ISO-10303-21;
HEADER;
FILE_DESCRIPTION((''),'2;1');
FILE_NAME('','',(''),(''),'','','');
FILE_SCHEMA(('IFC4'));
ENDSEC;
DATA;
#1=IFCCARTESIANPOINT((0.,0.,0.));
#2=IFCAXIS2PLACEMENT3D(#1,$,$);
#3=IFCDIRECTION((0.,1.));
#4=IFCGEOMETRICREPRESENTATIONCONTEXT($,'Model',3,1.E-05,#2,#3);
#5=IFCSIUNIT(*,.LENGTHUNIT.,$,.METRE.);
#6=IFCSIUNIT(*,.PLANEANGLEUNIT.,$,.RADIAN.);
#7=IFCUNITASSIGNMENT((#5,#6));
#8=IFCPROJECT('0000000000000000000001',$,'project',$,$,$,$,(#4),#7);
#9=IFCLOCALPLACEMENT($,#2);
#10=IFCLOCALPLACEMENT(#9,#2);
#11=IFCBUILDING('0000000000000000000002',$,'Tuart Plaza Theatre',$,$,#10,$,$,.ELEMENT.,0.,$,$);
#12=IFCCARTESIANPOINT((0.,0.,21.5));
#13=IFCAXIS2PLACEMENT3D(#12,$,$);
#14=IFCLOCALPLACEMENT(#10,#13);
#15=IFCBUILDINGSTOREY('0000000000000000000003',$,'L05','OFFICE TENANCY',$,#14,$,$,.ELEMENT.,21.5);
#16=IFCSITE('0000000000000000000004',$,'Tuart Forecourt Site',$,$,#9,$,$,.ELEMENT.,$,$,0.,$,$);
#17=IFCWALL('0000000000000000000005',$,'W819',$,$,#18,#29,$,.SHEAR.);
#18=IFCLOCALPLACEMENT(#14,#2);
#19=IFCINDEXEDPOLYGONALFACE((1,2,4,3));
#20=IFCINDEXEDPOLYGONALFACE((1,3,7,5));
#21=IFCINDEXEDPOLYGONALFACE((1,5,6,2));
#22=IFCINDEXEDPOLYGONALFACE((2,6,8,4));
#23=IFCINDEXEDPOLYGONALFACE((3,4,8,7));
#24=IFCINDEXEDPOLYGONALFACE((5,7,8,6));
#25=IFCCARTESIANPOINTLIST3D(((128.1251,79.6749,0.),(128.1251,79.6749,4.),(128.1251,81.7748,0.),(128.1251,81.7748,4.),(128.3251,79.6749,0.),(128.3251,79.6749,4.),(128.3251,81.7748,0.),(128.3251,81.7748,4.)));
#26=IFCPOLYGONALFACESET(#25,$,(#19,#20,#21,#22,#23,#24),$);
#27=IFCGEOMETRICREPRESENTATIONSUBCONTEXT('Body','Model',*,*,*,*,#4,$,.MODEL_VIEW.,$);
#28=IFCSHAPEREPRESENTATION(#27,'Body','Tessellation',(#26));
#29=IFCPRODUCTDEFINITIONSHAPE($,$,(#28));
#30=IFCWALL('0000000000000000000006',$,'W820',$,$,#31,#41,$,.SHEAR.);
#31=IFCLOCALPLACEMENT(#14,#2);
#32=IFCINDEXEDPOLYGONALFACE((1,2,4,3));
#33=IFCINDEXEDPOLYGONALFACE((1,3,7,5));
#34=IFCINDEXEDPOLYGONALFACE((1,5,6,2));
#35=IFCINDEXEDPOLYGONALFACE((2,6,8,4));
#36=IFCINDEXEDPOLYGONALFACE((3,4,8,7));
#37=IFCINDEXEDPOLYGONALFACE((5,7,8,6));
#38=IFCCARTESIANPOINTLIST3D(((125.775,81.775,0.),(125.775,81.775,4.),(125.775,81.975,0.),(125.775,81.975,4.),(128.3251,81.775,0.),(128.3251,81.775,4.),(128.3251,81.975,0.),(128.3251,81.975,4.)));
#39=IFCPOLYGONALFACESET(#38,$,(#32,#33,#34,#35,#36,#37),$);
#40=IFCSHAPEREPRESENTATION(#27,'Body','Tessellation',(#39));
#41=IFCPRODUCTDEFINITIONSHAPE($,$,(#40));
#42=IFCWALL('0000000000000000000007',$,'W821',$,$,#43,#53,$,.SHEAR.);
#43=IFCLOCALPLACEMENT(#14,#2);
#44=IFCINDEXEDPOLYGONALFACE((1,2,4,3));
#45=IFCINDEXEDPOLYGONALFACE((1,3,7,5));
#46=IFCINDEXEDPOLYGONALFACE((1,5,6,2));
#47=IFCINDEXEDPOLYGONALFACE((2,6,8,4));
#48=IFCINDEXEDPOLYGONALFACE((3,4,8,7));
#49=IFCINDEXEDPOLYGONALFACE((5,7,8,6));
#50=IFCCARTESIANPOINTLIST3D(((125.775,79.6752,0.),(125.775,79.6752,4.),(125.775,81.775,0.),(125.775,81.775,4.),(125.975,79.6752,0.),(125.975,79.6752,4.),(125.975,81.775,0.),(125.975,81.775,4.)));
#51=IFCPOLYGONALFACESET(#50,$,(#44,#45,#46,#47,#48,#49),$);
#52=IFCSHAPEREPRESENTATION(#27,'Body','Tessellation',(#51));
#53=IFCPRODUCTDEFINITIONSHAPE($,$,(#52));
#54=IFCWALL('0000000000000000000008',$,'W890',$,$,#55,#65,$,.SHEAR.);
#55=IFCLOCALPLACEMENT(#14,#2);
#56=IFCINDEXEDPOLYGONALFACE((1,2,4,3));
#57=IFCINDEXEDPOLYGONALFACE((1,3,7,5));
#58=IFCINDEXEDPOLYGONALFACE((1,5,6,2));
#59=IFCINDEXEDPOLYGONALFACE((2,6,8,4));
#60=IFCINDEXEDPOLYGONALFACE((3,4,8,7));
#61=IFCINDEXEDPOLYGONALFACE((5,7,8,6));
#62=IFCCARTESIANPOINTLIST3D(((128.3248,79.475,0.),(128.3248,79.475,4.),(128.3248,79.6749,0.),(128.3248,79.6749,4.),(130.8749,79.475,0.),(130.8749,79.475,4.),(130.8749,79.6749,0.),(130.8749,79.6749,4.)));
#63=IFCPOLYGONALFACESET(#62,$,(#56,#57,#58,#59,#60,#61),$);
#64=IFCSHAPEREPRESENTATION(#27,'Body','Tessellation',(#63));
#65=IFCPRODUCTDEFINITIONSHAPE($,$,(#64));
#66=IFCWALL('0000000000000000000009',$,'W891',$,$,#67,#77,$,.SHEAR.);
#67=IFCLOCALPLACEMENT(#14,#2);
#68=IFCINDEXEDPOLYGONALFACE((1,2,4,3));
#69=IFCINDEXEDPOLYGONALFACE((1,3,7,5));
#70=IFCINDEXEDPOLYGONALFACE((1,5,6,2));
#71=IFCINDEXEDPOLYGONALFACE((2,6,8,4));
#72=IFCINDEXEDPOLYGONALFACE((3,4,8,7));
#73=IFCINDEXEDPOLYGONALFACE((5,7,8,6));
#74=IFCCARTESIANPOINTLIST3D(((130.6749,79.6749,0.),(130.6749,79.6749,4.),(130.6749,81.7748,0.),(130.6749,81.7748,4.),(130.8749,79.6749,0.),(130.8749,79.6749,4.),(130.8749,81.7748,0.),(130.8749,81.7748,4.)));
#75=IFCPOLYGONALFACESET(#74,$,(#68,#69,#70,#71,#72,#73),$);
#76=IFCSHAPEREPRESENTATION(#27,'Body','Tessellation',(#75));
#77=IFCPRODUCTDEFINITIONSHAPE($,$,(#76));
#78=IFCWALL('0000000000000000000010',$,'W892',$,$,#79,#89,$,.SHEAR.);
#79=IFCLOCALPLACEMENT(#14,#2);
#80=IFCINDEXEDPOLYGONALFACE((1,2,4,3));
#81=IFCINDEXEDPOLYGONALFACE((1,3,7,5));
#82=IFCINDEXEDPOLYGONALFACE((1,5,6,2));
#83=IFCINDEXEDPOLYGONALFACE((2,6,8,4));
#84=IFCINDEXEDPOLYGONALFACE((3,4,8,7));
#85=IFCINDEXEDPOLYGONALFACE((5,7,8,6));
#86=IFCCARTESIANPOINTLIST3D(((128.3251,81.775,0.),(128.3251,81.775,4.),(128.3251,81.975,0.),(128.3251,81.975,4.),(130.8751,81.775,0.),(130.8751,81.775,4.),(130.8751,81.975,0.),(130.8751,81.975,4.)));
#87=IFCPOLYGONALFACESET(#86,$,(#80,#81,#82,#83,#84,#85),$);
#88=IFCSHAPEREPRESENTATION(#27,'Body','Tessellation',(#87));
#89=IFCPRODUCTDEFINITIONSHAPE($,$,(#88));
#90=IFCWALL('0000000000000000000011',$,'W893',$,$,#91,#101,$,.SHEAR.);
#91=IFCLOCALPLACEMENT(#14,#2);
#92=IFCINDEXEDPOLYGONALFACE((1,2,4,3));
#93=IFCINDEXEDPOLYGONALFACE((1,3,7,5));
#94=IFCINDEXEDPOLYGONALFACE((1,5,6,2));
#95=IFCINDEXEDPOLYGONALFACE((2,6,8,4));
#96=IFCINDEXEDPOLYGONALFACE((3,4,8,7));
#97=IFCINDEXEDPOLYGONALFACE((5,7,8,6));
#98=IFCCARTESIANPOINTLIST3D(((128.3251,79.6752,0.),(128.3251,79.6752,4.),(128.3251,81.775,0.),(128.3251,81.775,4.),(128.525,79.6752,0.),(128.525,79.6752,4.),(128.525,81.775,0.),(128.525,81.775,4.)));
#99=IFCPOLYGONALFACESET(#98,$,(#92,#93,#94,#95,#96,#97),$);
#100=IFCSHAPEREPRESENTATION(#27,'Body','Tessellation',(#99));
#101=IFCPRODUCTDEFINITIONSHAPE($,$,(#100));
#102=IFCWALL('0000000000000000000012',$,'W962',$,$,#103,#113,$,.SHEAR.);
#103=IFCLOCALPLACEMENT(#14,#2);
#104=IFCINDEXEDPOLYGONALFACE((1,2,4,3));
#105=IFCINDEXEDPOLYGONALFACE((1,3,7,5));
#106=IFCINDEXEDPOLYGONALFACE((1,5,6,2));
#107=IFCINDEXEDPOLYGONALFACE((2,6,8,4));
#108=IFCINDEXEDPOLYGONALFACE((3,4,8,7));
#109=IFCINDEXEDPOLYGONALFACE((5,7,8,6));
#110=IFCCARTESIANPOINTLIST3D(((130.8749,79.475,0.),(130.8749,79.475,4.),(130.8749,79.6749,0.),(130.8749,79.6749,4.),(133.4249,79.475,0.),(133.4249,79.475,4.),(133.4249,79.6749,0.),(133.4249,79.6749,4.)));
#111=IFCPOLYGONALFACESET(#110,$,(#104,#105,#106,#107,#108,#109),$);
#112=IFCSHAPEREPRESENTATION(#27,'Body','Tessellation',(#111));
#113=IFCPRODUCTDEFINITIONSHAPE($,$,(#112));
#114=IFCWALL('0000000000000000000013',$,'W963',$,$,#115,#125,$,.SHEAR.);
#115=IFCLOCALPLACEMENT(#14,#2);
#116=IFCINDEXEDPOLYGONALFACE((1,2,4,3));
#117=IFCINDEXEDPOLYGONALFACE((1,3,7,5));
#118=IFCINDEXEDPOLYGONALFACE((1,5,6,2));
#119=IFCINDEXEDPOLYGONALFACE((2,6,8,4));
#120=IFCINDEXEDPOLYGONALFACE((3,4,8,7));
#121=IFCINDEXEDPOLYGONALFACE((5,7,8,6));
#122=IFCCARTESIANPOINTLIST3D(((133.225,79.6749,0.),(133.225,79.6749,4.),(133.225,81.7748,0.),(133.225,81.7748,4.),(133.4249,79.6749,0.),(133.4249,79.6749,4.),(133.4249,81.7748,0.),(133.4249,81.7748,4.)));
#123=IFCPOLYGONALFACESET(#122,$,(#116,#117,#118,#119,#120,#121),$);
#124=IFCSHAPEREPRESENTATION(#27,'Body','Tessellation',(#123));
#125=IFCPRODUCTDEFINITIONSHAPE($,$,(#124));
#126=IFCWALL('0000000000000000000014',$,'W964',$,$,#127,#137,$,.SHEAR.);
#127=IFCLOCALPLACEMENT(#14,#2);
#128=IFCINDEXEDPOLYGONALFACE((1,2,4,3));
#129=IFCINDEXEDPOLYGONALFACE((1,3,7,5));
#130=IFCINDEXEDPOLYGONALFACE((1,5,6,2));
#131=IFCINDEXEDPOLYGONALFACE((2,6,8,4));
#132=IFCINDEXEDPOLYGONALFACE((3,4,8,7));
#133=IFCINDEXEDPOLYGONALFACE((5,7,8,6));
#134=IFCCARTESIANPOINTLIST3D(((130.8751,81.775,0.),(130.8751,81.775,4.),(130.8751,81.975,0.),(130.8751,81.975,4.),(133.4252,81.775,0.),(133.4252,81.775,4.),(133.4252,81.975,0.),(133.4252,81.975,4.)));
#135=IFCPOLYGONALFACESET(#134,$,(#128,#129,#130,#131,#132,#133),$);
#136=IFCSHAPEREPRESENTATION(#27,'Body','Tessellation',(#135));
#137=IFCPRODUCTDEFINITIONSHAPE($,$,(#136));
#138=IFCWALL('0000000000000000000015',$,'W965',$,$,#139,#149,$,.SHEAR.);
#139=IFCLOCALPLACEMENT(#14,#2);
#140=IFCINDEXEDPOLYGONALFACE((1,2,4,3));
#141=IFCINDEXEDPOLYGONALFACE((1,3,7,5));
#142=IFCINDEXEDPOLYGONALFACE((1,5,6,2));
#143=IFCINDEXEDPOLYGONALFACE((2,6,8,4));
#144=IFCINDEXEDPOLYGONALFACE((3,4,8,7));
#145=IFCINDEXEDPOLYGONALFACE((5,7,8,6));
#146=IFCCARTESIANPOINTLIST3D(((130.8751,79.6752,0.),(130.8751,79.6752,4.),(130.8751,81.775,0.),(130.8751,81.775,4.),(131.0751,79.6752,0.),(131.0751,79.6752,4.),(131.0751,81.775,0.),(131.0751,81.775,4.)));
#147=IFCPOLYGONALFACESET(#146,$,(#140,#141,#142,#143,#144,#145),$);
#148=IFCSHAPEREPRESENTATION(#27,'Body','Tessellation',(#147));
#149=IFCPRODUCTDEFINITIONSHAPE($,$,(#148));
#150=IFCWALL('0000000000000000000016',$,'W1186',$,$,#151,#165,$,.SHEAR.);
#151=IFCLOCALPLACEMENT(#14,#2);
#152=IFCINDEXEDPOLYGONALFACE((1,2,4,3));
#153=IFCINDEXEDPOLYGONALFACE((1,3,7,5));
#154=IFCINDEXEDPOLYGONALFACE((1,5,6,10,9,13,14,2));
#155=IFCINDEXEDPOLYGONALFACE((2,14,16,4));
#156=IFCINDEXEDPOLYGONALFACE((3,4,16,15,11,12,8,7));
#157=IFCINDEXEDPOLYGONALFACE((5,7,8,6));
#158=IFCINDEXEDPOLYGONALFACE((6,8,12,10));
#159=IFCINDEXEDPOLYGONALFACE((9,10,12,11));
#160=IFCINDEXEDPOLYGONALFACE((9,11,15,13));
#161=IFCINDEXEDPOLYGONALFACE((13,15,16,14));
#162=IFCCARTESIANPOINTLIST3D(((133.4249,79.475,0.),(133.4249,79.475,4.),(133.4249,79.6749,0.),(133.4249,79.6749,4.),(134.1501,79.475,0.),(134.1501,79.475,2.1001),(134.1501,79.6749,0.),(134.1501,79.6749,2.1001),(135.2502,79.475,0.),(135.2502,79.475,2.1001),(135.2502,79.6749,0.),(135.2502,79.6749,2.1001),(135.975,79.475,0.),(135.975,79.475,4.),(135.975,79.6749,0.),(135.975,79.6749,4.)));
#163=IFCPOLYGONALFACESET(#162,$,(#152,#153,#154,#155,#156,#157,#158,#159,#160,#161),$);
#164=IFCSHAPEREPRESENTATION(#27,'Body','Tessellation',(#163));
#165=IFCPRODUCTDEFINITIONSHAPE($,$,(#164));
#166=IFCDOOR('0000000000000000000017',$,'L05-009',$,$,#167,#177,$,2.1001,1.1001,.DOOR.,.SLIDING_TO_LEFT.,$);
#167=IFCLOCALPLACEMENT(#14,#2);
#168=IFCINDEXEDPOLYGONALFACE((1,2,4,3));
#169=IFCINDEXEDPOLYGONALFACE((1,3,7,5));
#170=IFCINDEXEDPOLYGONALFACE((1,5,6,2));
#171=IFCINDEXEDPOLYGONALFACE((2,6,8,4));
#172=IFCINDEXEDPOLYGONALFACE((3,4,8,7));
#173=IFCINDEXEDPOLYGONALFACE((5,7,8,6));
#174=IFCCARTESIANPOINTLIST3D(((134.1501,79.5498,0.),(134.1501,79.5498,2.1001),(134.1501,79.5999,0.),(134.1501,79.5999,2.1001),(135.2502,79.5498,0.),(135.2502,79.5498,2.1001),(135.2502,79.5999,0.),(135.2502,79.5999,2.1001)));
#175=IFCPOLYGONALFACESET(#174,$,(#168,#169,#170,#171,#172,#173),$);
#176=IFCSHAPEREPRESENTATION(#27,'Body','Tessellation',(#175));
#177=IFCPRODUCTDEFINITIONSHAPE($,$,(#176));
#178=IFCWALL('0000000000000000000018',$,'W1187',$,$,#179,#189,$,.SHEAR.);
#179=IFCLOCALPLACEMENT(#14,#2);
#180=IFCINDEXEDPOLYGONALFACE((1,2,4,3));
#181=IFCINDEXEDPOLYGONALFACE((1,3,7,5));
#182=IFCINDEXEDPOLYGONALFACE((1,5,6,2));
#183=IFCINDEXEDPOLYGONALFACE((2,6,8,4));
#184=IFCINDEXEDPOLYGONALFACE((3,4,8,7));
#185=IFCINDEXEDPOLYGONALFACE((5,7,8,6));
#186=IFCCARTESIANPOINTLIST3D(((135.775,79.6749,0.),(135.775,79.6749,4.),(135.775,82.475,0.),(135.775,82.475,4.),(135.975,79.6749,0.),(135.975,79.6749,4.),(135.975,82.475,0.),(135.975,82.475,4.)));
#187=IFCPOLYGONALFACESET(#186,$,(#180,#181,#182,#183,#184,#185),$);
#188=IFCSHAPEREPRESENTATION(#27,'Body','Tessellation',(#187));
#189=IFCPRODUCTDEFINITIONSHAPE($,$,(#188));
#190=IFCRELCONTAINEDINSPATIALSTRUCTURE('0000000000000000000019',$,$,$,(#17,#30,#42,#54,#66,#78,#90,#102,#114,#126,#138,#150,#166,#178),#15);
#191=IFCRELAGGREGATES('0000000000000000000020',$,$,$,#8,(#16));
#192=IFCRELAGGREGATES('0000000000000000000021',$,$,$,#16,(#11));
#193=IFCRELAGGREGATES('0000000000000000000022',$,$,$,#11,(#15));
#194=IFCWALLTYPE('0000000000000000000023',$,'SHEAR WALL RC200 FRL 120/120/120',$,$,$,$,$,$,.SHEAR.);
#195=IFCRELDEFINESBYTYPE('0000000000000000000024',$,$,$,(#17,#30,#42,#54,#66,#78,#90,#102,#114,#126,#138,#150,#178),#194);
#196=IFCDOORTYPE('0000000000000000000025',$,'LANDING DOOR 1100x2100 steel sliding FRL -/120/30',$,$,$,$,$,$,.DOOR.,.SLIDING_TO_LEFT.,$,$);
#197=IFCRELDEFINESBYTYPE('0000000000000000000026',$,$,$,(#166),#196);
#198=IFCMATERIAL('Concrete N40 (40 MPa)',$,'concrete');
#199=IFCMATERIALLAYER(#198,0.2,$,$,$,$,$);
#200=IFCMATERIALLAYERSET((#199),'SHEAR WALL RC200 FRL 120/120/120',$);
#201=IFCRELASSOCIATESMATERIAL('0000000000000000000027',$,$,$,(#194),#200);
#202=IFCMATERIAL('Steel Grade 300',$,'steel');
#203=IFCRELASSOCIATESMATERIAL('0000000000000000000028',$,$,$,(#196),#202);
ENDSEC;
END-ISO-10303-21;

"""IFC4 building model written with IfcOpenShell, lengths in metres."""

from ifc_helpers import new_model, si_unit, direction, frame, frame_2d, origin, place, context, subcontext, project, spatial, rectangle, extrude, material, layer, layer_set, type_object, element, fill, save


model = new_model("IFC4")

# Units and contexts
model_context = context("Model", 3, precision=1e-05, world=origin(), true_north=direction((0.0, 1.0)))
body_context = subcontext(model_context, "Body", "Model", "MODEL_VIEW")
ifc_project = project(units=[si_unit("LENGTHUNIT", "METRE"), si_unit("PLANEANGLEUNIT", "RADIAN")], contexts=[model_context])

# Site, building, storey
site_placement = place(None, origin())
site = spatial("IfcSite", under=ifc_project, at=site_placement, Name="Tuart Forecourt Site", CompositionType="ELEMENT", RefElevation=0.0)
building_placement = place(site_placement, origin())
building = spatial("IfcBuilding", under=site, at=building_placement, Name="Tuart Plaza Theatre", CompositionType="ELEMENT", ElevationOfRefHeight=0.0)
storey_placement = place(building_placement, frame((0.0, 0.0, 21.5)))
storey = spatial("IfcBuildingStorey", under=building, at=storey_placement, Name="L05", Description="OFFICE TENANCY", CompositionType="ELEMENT", Elevation=21.5)

# Walls
ifc_material_1 = material(Name="Concrete N40 (40 MPa)", Category="concrete")
ifc_layer_1 = layer(ifc_material_1, 0.2)
ifc_layer_set_1 = layer_set([ifc_layer_1], Name="SHEAR WALL RC200 FRL 120/120/120")
wall_type_1 = type_object("IfcWallType", Name="SHEAR WALL RC200 FRL 120/120/120", PredefinedType="SHEAR", material=ifc_layer_set_1)
wall_1_placement = place(storey_placement, frame((128.2251, 79.675, 0.0), z_axis=(0.0, 0.0, 1.0), x_axis=(0.0, 1.0, 0.0)))
element("IfcWall", 1, at=wall_1_placement, inside=storey, type_object=wall_type_1, Name="W819", PredefinedType="SHEAR", context=body_context, shape_type="SweptSolid", body=[
    extrude(rectangle(XDim=2.0999, YDim=0.2, at=frame_2d((1.0498, 0.0))), origin(), (0.0, 0.0, 1.0), 4.0),
])
wall_2_placement = place(storey_placement, frame((128.325, 81.875, 0.0), z_axis=(0.0, 0.0, 1.0), x_axis=(-1.0, 0.0, 0.0)))
element("IfcWall", 2, at=wall_2_placement, inside=storey, type_object=wall_type_1, Name="W820", PredefinedType="SHEAR", context=body_context, shape_type="SweptSolid", body=[
    extrude(rectangle(XDim=2.55, YDim=0.2, at=frame_2d((1.2749, 0.0))), origin(), (0.0, 0.0, 1.0), 4.0),
])
wall_3_placement = place(storey_placement, frame((125.875, 81.7749, 0.0), z_axis=(0.0, 0.0, 1.0), x_axis=(0.0, -1.0, 0.0)))
element("IfcWall", 3, at=wall_3_placement, inside=storey, type_object=wall_type_1, Name="W821", PredefinedType="SHEAR", context=body_context, shape_type="SweptSolid", body=[
    extrude(rectangle(XDim=2.0999, YDim=0.2, at=frame_2d((1.0498, 0.0))), origin(), (0.0, 0.0, 1.0), 4.0),
])
wall_4_placement = place(storey_placement, frame((128.325, 79.575, 0.0), z_axis=(0.0, 0.0, 1.0), x_axis=(1.0, 0.0, 0.0)))
element("IfcWall", 4, at=wall_4_placement, inside=storey, type_object=wall_type_1, Name="W890", PredefinedType="SHEAR", context=body_context, shape_type="SweptSolid", body=[
    extrude(rectangle(XDim=2.55, YDim=0.2, at=frame_2d((1.2749, 0.0))), origin(), (0.0, 0.0, 1.0), 4.0),
])
wall_5_placement = place(storey_placement, frame((130.7749, 79.675, 0.0), z_axis=(0.0, 0.0, 1.0), x_axis=(0.0, 1.0, 0.0)))
element("IfcWall", 5, at=wall_5_placement, inside=storey, type_object=wall_type_1, Name="W891", PredefinedType="SHEAR", context=body_context, shape_type="SweptSolid", body=[
    extrude(rectangle(XDim=2.0999, YDim=0.2, at=frame_2d((1.0498, 0.0))), origin(), (0.0, 0.0, 1.0), 4.0),
])
wall_6_placement = place(storey_placement, frame((130.875, 81.875, 0.0), z_axis=(0.0, 0.0, 1.0), x_axis=(-1.0, 0.0, 0.0)))
element("IfcWall", 6, at=wall_6_placement, inside=storey, type_object=wall_type_1, Name="W892", PredefinedType="SHEAR", context=body_context, shape_type="SweptSolid", body=[
    extrude(rectangle(XDim=2.55, YDim=0.2, at=frame_2d((1.2749, 0.0))), origin(), (0.0, 0.0, 1.0), 4.0),
])
wall_7_placement = place(storey_placement, frame((128.425, 81.7749, 0.0), z_axis=(0.0, 0.0, 1.0), x_axis=(0.0, -1.0, 0.0)))
element("IfcWall", 7, at=wall_7_placement, inside=storey, type_object=wall_type_1, Name="W893", PredefinedType="SHEAR", context=body_context, shape_type="SweptSolid", body=[
    extrude(rectangle(XDim=2.0999, YDim=0.2, at=frame_2d((1.0498, 0.0))), origin(), (0.0, 0.0, 1.0), 4.0),
])
wall_8_placement = place(storey_placement, frame((130.875, 79.575, 0.0), z_axis=(0.0, 0.0, 1.0), x_axis=(1.0, 0.0, 0.0)))
element("IfcWall", 8, at=wall_8_placement, inside=storey, type_object=wall_type_1, Name="W962", PredefinedType="SHEAR", context=body_context, shape_type="SweptSolid", body=[
    extrude(rectangle(XDim=2.55, YDim=0.2, at=frame_2d((1.2749, 0.0))), origin(), (0.0, 0.0, 1.0), 4.0),
])
wall_9_placement = place(storey_placement, frame((133.325, 79.675, 0.0), z_axis=(0.0, 0.0, 1.0), x_axis=(0.0, 1.0, 0.0)))
element("IfcWall", 9, at=wall_9_placement, inside=storey, type_object=wall_type_1, Name="W963", PredefinedType="SHEAR", context=body_context, shape_type="SweptSolid", body=[
    extrude(rectangle(XDim=2.0999, YDim=0.2, at=frame_2d((1.0498, 0.0))), origin(), (0.0, 0.0, 1.0), 4.0),
])
wall_10_placement = place(storey_placement, frame((133.425, 81.875, 0.0), z_axis=(0.0, 0.0, 1.0), x_axis=(-1.0, 0.0, 0.0)))
element("IfcWall", 10, at=wall_10_placement, inside=storey, type_object=wall_type_1, Name="W964", PredefinedType="SHEAR", context=body_context, shape_type="SweptSolid", body=[
    extrude(rectangle(XDim=2.55, YDim=0.2, at=frame_2d((1.2749, 0.0))), origin(), (0.0, 0.0, 1.0), 4.0),
])
wall_11_placement = place(storey_placement, frame((130.9751, 81.7749, 0.0), z_axis=(0.0, 0.0, 1.0), x_axis=(0.0, -1.0, 0.0)))
element("IfcWall", 11, at=wall_11_placement, inside=storey, type_object=wall_type_1, Name="W965", PredefinedType="SHEAR", context=body_context, shape_type="SweptSolid", body=[
    extrude(rectangle(XDim=2.0999, YDim=0.2, at=frame_2d((1.0498, 0.0))), origin(), (0.0, 0.0, 1.0), 4.0),
])

# Wall, opening, door
wall_12_placement = place(storey_placement, frame((133.425, 79.575, 0.0), z_axis=(0.0, 0.0, 1.0), x_axis=(1.0, 0.0, 0.0)))
wall_12 = element("IfcWall", 12, at=wall_12_placement, inside=storey, type_object=wall_type_1, Name="W1186", PredefinedType="SHEAR", context=body_context, shape_type="SweptSolid", body=[
    extrude(rectangle(XDim=2.55, YDim=0.2, at=frame_2d((1.2749, 0.0))), origin(), (0.0, 0.0, 1.0), 4.0),
])
opening_1_placement = place(wall_12_placement, frame((0.7251, 0.0, 0.0)))
opening_1 = element("IfcOpeningElement", 13, at=opening_1_placement, cuts=wall_12, PredefinedType="OPENING", context=body_context, shape_type="SweptSolid", body=[
    extrude(rectangle(XDim=1.1001, YDim=2.1001, at=frame_2d((0.55, 1.05))), frame((0.0, 0.1099, 0.0), z_axis=(0.0, -1.0, 0.0), x_axis=(1.0, 0.0, 0.0)), (0.0, 0.0, 1.0), 0.22),
])
ifc_material_2 = material(Name="Steel Grade 300", Category="steel")
door_type_1 = type_object("IfcDoorType", Name="LANDING DOOR 1100x2100 steel sliding FRL -/120/30", OperationType="SLIDING_TO_LEFT", PredefinedType="DOOR", material=ifc_material_2)
door_1_placement = place(opening_1_placement, origin())
door_1 = element("IfcDoor", 14, at=door_1_placement, inside=storey, type_object=door_type_1, Name="L05-009", OperationType="SLIDING_TO_LEFT", OverallHeight=2.1001, OverallWidth=1.1001, PredefinedType="DOOR", context=body_context, shape_type="SweptSolid", body=[
    extrude(rectangle(XDim=1.1001, YDim=2.1001, at=frame_2d((0.55, 1.05))), frame((0.0, 0.0249, 0.0), z_axis=(0.0, -1.0, 0.0), x_axis=(1.0, 0.0, 0.0)), (0.0, 0.0, 1.0), 0.05),
])
fill(opening_1, door_1)

# Wall
wall_13_placement = place(storey_placement, frame((135.875, 79.675, 0.0), z_axis=(0.0, 0.0, 1.0), x_axis=(0.0, 1.0, 0.0)))
element("IfcWall", 15, at=wall_13_placement, inside=storey, type_object=wall_type_1, Name="W1187", PredefinedType="SHEAR", context=body_context, shape_type="SweptSolid", body=[
    extrude(rectangle(XDim=2.8, YDim=0.2, at=frame_2d((1.3999, 0.0))), origin(), (0.0, 0.0, 1.0), 4.0),
])

save(model, "model.ifc")
